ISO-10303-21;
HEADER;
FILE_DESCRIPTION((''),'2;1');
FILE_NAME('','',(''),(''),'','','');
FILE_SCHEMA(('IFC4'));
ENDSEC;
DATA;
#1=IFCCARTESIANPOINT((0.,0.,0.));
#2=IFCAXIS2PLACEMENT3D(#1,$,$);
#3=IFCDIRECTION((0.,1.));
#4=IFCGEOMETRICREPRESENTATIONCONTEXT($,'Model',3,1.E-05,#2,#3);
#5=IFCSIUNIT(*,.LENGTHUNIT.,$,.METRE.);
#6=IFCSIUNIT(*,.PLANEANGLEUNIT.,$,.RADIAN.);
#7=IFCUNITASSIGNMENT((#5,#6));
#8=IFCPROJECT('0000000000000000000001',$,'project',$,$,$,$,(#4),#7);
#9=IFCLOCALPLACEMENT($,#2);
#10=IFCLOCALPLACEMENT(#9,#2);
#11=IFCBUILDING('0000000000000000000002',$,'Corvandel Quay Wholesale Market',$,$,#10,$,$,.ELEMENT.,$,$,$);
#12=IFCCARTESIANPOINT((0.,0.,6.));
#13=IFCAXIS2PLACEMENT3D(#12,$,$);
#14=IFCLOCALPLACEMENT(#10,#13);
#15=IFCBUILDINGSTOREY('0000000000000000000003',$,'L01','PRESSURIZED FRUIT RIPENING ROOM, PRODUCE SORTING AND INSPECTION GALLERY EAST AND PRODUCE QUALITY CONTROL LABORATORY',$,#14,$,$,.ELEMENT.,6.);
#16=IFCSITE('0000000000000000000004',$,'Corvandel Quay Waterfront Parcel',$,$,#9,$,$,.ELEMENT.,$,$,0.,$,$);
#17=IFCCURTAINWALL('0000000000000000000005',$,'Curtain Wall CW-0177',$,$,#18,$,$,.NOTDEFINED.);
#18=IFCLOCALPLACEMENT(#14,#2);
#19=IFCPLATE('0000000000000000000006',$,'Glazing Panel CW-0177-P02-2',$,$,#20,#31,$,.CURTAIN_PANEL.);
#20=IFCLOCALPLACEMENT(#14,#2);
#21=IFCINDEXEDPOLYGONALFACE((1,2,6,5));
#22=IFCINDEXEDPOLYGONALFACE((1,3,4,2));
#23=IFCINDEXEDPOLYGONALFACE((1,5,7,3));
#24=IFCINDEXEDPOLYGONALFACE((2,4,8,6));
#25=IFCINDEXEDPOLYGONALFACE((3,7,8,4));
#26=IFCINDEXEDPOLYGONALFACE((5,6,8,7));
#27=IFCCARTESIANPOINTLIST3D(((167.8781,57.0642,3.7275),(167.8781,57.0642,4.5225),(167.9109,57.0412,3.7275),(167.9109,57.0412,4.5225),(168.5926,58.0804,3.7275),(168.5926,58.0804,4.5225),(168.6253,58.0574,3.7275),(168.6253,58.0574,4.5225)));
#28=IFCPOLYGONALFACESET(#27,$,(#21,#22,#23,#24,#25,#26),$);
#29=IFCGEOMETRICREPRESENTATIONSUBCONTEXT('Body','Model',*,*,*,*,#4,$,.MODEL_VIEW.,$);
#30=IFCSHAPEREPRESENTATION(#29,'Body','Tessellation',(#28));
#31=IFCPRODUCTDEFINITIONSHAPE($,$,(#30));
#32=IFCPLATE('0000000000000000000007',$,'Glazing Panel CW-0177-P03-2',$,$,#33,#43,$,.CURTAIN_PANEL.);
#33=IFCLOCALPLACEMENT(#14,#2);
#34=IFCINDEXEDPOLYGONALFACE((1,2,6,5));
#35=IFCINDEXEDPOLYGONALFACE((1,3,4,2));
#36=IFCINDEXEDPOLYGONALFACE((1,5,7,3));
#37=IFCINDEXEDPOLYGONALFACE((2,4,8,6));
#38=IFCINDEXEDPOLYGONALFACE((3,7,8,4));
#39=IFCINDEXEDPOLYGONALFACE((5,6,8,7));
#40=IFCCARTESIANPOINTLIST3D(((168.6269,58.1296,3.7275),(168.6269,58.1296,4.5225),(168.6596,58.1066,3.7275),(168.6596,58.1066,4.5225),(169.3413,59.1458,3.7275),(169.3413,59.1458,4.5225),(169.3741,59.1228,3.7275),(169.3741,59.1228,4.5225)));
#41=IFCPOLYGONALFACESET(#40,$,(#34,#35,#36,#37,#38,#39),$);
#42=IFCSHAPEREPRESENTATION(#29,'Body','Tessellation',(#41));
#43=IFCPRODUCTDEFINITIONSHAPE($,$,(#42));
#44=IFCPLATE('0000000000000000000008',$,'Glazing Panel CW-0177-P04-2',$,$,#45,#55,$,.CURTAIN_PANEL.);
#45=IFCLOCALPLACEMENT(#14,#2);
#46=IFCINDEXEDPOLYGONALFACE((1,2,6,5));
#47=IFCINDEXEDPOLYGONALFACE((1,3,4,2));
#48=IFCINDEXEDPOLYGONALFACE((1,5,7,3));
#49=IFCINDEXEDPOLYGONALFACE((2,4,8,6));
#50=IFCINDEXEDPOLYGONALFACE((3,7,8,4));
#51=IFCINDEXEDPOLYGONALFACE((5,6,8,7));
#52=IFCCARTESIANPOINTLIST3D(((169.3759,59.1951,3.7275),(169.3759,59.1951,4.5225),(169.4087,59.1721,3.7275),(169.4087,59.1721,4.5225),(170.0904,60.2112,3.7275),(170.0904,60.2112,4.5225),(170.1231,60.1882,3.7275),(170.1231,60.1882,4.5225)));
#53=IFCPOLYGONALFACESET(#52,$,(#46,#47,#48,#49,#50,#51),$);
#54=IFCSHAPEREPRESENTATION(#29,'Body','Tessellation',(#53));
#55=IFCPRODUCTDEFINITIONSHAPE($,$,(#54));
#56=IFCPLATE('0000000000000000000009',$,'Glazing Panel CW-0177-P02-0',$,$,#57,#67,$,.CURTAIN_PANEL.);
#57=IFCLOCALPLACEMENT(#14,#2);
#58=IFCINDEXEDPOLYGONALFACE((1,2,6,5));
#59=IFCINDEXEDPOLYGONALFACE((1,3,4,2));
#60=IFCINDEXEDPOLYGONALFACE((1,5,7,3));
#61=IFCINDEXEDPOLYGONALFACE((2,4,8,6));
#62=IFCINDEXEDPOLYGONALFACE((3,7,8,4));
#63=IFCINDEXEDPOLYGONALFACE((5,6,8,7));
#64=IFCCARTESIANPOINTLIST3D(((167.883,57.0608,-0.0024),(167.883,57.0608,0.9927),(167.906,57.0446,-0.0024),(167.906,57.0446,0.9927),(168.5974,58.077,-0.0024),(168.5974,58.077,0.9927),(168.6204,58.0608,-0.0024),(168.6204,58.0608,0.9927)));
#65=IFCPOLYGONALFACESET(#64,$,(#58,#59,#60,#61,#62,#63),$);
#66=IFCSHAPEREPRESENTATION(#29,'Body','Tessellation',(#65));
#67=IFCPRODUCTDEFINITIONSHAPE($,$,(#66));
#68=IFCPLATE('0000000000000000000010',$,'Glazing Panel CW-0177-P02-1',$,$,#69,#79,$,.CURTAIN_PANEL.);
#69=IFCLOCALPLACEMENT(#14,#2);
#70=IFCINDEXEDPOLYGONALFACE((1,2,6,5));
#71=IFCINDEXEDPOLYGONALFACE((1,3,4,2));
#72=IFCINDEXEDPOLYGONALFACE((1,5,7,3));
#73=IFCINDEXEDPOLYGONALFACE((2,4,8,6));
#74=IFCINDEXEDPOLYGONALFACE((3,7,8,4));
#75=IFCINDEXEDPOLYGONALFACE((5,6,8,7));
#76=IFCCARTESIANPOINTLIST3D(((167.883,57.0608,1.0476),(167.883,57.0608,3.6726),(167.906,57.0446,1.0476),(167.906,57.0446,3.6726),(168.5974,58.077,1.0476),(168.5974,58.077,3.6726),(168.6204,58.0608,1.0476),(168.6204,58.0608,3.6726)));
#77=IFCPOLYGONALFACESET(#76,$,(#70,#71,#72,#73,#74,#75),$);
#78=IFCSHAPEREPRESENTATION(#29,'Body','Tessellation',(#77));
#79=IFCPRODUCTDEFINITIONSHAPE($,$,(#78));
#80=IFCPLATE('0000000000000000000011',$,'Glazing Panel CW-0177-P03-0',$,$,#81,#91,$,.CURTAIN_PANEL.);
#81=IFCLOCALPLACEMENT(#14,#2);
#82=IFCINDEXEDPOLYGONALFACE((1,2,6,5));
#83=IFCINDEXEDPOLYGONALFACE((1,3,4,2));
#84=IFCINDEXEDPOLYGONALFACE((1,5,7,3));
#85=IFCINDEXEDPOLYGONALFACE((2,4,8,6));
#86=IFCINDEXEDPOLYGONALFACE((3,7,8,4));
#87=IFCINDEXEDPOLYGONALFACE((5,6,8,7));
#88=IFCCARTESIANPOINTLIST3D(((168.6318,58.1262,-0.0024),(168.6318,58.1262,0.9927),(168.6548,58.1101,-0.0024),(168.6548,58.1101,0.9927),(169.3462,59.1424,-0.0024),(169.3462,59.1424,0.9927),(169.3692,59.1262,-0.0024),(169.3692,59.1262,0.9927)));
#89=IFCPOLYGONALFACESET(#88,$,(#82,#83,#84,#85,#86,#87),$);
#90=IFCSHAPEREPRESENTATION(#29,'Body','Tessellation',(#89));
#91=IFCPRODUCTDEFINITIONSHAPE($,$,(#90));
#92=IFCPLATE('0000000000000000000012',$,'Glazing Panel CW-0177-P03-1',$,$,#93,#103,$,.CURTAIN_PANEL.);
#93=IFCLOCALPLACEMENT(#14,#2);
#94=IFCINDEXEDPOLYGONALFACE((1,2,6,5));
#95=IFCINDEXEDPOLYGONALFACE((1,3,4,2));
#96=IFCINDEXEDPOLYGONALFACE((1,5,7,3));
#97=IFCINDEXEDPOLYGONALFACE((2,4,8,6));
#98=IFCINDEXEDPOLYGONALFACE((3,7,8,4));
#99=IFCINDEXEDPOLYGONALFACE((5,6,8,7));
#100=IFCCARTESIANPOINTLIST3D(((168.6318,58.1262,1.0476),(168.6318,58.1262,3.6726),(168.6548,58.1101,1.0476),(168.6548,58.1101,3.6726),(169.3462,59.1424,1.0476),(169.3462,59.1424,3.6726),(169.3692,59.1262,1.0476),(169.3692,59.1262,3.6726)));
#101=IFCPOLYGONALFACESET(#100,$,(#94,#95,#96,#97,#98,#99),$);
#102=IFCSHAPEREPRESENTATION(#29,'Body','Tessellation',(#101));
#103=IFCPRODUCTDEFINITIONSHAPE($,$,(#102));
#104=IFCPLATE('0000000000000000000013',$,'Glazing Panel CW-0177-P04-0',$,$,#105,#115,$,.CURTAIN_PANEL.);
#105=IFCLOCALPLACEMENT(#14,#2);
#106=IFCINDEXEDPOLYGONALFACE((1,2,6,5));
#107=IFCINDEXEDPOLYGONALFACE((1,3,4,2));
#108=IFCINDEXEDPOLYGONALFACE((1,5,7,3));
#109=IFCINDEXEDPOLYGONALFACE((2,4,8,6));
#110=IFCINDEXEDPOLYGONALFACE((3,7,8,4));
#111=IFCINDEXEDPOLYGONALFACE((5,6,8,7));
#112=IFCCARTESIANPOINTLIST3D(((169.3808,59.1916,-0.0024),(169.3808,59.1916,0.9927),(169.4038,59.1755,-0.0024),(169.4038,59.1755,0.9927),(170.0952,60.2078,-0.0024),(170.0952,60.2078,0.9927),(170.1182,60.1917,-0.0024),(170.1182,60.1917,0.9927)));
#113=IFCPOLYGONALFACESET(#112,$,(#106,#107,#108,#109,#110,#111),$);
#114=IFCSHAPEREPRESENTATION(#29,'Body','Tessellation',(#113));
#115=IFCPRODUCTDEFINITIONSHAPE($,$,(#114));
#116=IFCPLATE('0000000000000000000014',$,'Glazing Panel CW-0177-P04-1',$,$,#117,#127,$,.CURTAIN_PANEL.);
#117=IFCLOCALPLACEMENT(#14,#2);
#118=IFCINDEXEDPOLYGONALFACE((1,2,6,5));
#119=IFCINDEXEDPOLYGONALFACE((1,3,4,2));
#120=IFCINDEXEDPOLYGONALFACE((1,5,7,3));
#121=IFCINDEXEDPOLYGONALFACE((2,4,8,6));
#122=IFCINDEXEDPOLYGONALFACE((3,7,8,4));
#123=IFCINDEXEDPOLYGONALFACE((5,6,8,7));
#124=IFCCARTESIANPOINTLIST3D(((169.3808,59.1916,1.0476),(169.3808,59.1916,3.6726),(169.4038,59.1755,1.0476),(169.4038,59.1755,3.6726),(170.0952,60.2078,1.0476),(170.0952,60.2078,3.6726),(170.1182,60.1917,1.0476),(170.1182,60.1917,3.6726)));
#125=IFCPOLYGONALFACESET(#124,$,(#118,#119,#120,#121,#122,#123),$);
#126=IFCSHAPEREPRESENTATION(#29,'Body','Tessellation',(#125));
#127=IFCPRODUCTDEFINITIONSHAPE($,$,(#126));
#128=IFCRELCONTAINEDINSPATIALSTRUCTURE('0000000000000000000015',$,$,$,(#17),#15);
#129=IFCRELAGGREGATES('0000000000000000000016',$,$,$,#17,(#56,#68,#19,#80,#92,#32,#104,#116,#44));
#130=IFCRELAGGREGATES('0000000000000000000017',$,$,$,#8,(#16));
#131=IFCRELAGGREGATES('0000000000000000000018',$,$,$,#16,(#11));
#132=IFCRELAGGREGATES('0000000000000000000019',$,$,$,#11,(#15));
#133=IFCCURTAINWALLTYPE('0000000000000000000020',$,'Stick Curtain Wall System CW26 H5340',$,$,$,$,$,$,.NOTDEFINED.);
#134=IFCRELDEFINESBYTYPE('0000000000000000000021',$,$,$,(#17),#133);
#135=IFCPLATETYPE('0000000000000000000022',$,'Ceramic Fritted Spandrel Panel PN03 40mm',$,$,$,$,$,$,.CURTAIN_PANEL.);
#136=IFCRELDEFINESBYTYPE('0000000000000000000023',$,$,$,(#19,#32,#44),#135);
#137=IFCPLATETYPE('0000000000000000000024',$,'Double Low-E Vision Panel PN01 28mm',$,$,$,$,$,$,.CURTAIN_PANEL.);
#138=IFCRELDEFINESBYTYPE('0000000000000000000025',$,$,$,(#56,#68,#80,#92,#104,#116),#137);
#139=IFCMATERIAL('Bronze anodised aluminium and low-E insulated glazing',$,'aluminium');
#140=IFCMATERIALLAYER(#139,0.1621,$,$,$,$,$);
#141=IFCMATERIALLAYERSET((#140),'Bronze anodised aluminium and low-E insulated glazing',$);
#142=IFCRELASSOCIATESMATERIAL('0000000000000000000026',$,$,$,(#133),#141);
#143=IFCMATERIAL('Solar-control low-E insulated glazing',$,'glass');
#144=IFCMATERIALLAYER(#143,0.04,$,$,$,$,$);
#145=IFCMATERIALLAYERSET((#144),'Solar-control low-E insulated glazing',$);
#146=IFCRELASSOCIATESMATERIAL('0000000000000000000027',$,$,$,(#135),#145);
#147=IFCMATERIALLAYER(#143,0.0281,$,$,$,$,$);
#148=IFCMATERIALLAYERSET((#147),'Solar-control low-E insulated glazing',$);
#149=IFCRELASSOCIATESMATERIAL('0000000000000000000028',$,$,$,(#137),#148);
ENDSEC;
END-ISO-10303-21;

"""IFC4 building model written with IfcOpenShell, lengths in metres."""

from ifc_helpers import new_model, si_unit, direction, frame, origin, origin_2d, place, context, subcontext, project, spatial, rectangle, extrude, material, layer, layer_set, type_object, element, aggregate, save


model = new_model("IFC4")

# Units and contexts
model_context = context("Model", 3, precision=1e-05, world=origin(), true_north=direction((0.0, 1.0)))
body_context = subcontext(model_context, "Body", "Model", "MODEL_VIEW")
ifc_project = project(units=[si_unit("LENGTHUNIT", "METRE"), si_unit("PLANEANGLEUNIT", "RADIAN")], contexts=[model_context])

# Site, building, storey
site_placement = place(None, origin())
site = spatial("IfcSite", under=ifc_project, at=site_placement, Name="Corvandel Quay Waterfront Parcel", CompositionType="ELEMENT", RefElevation=0.0)
building_placement = place(site_placement, origin())
building = spatial("IfcBuilding", under=site, at=building_placement, Name="Corvandel Quay Wholesale Market", CompositionType="ELEMENT")
storey_placement = place(building_placement, frame((0.0, 0.0, 6.0)))
storey = spatial("IfcBuildingStorey", under=building, at=storey_placement, Name="L01", Description="PRESSURIZED FRUIT RIPENING ROOM, PRODUCE SORTING AND INSPECTION GALLERY EAST AND PRODUCE QUALITY CONTROL LABORATORY", CompositionType="ELEMENT", Elevation=6.0)

# Curtain wall, plates
ifc_material_1 = material(Name="Bronze anodised aluminium and low-E insulated glazing", Category="aluminium")
ifc_layer_1 = layer(ifc_material_1, 0.1621)
ifc_layer_set_1 = layer_set([ifc_layer_1], Name="Bronze anodised aluminium and low-E insulated glazing")
curtain_wall_type = type_object("IfcCurtainWallType", Name="Stick Curtain Wall System CW26 H5340", PredefinedType="NOTDEFINED", material=ifc_layer_set_1)
curtain_wall_placement = place(storey_placement, origin())
curtain_wall = element("IfcCurtainWall", 1, at=curtain_wall_placement, inside=storey, type_object=curtain_wall_type, Name="Curtain Wall CW-0177", PredefinedType="NOTDEFINED")
ifc_material_2 = material(Name="Solar-control low-E insulated glazing", Category="glass")
ifc_layer_2 = layer(ifc_material_2, 0.04)
ifc_layer_set_2 = layer_set([ifc_layer_2], Name="Solar-control low-E insulated glazing")
plate_type_1 = type_object("IfcPlateType", Name="Ceramic Fritted Spandrel Panel PN03 40mm", PredefinedType="CURTAIN_PANEL", material=ifc_layer_set_2)
plate_1_placement = place(storey_placement, frame((168.2517, 57.5608, 3.7275), z_axis=(0.0, 0.0, 1.0), x_axis=(0.575148, 0.818049, 0.0)))
plate_1 = element("IfcPlate", 2, at=plate_1_placement, type_object=plate_type_1, Name="Glazing Panel CW-0177-P02-2", PredefinedType="CURTAIN_PANEL", context=body_context, shape_type="SweptSolid", body=[
    extrude(rectangle(XDim=1.2422, YDim=0.04, at=origin_2d()), origin(), (0.0, 0.0, 1.0), 0.7949),
])
plate_2_placement = place(storey_placement, frame((169.0005, 58.6262, 3.7275), z_axis=(0.0, 0.0, 1.0), x_axis=(0.575148, 0.818049, 0.0)))
plate_2 = element("IfcPlate", 3, at=plate_2_placement, type_object=plate_type_1, Name="Glazing Panel CW-0177-P03-2", PredefinedType="CURTAIN_PANEL", context=body_context, shape_type="SweptSolid", body=[
    extrude(rectangle(XDim=1.2422, YDim=0.04, at=origin_2d()), origin(), (0.0, 0.0, 1.0), 0.7949),
])
plate_3_placement = place(storey_placement, frame((169.7495, 59.6917, 3.7275), z_axis=(0.0, 0.0, 1.0), x_axis=(0.575148, 0.818049, 0.0)))
plate_3 = element("IfcPlate", 4, at=plate_3_placement, type_object=plate_type_1, Name="Glazing Panel CW-0177-P04-2", PredefinedType="CURTAIN_PANEL", context=body_context, shape_type="SweptSolid", body=[
    extrude(rectangle(XDim=1.2422, YDim=0.04, at=origin_2d()), origin(), (0.0, 0.0, 1.0), 0.7949),
])
ifc_layer_3 = layer(ifc_material_2, 0.0281)
ifc_layer_set_3 = layer_set([ifc_layer_3], Name="Solar-control low-E insulated glazing")
plate_type_2 = type_object("IfcPlateType", Name="Double Low-E Vision Panel PN01 28mm", PredefinedType="CURTAIN_PANEL", material=ifc_layer_set_3)
plate_4_placement = place(storey_placement, frame((168.2517, 57.5608, -0.0024), z_axis=(0.0, 0.0, 1.0), x_axis=(0.575148, 0.818049, 0.0)))
plate_4 = element("IfcPlate", 5, at=plate_4_placement, type_object=plate_type_2, Name="Glazing Panel CW-0177-P02-0", PredefinedType="CURTAIN_PANEL", context=body_context, shape_type="SweptSolid", body=[
    extrude(rectangle(XDim=1.2422, YDim=0.0281, at=origin_2d()), origin(), (0.0, 0.0, 1.0), 0.9951),
])
plate_5_placement = place(storey_placement, frame((168.2517, 57.5608, 1.0476), z_axis=(0.0, 0.0, 1.0), x_axis=(0.575148, 0.818049, 0.0)))
plate_5 = element("IfcPlate", 6, at=plate_5_placement, type_object=plate_type_2, Name="Glazing Panel CW-0177-P02-1", PredefinedType="CURTAIN_PANEL", context=body_context, shape_type="SweptSolid", body=[
    extrude(rectangle(XDim=1.2422, YDim=0.0281, at=origin_2d()), origin(), (0.0, 0.0, 1.0), 2.625),
])
plate_6_placement = place(storey_placement, frame((169.0005, 58.6262, -0.0024), z_axis=(0.0, 0.0, 1.0), x_axis=(0.575148, 0.818049, 0.0)))
plate_6 = element("IfcPlate", 7, at=plate_6_placement, type_object=plate_type_2, Name="Glazing Panel CW-0177-P03-0", PredefinedType="CURTAIN_PANEL", context=body_context, shape_type="SweptSolid", body=[
    extrude(rectangle(XDim=1.2422, YDim=0.0281, at=origin_2d()), origin(), (0.0, 0.0, 1.0), 0.9951),
])
plate_7_placement = place(storey_placement, frame((169.0005, 58.6262, 1.0476), z_axis=(0.0, 0.0, 1.0), x_axis=(0.575148, 0.818049, 0.0)))
plate_7 = element("IfcPlate", 8, at=plate_7_placement, type_object=plate_type_2, Name="Glazing Panel CW-0177-P03-1", PredefinedType="CURTAIN_PANEL", context=body_context, shape_type="SweptSolid", body=[
    extrude(rectangle(XDim=1.2422, YDim=0.0281, at=origin_2d()), origin(), (0.0, 0.0, 1.0), 2.625),
])
plate_8_placement = place(storey_placement, frame((169.7495, 59.6917, -0.0024), z_axis=(0.0, 0.0, 1.0), x_axis=(0.575148, 0.818049, 0.0)))
plate_8 = element("IfcPlate", 9, at=plate_8_placement, type_object=plate_type_2, Name="Glazing Panel CW-0177-P04-0", PredefinedType="CURTAIN_PANEL", context=body_context, shape_type="SweptSolid", body=[
    extrude(rectangle(XDim=1.2422, YDim=0.0281, at=origin_2d()), origin(), (0.0, 0.0, 1.0), 0.9951),
])
plate_9_placement = place(storey_placement, frame((169.7495, 59.6917, 1.0476), z_axis=(0.0, 0.0, 1.0), x_axis=(0.575148, 0.818049, 0.0)))
plate_9 = element("IfcPlate", 10, at=plate_9_placement, type_object=plate_type_2, Name="Glazing Panel CW-0177-P04-1", PredefinedType="CURTAIN_PANEL", context=body_context, shape_type="SweptSolid", body=[
    extrude(rectangle(XDim=1.2422, YDim=0.0281, at=origin_2d()), origin(), (0.0, 0.0, 1.0), 2.625),
])
aggregate(curtain_wall, [plate_4, plate_5, plate_1, plate_6, plate_7, plate_2, plate_8, plate_9, plate_3])

save(model, "model.ifc")
